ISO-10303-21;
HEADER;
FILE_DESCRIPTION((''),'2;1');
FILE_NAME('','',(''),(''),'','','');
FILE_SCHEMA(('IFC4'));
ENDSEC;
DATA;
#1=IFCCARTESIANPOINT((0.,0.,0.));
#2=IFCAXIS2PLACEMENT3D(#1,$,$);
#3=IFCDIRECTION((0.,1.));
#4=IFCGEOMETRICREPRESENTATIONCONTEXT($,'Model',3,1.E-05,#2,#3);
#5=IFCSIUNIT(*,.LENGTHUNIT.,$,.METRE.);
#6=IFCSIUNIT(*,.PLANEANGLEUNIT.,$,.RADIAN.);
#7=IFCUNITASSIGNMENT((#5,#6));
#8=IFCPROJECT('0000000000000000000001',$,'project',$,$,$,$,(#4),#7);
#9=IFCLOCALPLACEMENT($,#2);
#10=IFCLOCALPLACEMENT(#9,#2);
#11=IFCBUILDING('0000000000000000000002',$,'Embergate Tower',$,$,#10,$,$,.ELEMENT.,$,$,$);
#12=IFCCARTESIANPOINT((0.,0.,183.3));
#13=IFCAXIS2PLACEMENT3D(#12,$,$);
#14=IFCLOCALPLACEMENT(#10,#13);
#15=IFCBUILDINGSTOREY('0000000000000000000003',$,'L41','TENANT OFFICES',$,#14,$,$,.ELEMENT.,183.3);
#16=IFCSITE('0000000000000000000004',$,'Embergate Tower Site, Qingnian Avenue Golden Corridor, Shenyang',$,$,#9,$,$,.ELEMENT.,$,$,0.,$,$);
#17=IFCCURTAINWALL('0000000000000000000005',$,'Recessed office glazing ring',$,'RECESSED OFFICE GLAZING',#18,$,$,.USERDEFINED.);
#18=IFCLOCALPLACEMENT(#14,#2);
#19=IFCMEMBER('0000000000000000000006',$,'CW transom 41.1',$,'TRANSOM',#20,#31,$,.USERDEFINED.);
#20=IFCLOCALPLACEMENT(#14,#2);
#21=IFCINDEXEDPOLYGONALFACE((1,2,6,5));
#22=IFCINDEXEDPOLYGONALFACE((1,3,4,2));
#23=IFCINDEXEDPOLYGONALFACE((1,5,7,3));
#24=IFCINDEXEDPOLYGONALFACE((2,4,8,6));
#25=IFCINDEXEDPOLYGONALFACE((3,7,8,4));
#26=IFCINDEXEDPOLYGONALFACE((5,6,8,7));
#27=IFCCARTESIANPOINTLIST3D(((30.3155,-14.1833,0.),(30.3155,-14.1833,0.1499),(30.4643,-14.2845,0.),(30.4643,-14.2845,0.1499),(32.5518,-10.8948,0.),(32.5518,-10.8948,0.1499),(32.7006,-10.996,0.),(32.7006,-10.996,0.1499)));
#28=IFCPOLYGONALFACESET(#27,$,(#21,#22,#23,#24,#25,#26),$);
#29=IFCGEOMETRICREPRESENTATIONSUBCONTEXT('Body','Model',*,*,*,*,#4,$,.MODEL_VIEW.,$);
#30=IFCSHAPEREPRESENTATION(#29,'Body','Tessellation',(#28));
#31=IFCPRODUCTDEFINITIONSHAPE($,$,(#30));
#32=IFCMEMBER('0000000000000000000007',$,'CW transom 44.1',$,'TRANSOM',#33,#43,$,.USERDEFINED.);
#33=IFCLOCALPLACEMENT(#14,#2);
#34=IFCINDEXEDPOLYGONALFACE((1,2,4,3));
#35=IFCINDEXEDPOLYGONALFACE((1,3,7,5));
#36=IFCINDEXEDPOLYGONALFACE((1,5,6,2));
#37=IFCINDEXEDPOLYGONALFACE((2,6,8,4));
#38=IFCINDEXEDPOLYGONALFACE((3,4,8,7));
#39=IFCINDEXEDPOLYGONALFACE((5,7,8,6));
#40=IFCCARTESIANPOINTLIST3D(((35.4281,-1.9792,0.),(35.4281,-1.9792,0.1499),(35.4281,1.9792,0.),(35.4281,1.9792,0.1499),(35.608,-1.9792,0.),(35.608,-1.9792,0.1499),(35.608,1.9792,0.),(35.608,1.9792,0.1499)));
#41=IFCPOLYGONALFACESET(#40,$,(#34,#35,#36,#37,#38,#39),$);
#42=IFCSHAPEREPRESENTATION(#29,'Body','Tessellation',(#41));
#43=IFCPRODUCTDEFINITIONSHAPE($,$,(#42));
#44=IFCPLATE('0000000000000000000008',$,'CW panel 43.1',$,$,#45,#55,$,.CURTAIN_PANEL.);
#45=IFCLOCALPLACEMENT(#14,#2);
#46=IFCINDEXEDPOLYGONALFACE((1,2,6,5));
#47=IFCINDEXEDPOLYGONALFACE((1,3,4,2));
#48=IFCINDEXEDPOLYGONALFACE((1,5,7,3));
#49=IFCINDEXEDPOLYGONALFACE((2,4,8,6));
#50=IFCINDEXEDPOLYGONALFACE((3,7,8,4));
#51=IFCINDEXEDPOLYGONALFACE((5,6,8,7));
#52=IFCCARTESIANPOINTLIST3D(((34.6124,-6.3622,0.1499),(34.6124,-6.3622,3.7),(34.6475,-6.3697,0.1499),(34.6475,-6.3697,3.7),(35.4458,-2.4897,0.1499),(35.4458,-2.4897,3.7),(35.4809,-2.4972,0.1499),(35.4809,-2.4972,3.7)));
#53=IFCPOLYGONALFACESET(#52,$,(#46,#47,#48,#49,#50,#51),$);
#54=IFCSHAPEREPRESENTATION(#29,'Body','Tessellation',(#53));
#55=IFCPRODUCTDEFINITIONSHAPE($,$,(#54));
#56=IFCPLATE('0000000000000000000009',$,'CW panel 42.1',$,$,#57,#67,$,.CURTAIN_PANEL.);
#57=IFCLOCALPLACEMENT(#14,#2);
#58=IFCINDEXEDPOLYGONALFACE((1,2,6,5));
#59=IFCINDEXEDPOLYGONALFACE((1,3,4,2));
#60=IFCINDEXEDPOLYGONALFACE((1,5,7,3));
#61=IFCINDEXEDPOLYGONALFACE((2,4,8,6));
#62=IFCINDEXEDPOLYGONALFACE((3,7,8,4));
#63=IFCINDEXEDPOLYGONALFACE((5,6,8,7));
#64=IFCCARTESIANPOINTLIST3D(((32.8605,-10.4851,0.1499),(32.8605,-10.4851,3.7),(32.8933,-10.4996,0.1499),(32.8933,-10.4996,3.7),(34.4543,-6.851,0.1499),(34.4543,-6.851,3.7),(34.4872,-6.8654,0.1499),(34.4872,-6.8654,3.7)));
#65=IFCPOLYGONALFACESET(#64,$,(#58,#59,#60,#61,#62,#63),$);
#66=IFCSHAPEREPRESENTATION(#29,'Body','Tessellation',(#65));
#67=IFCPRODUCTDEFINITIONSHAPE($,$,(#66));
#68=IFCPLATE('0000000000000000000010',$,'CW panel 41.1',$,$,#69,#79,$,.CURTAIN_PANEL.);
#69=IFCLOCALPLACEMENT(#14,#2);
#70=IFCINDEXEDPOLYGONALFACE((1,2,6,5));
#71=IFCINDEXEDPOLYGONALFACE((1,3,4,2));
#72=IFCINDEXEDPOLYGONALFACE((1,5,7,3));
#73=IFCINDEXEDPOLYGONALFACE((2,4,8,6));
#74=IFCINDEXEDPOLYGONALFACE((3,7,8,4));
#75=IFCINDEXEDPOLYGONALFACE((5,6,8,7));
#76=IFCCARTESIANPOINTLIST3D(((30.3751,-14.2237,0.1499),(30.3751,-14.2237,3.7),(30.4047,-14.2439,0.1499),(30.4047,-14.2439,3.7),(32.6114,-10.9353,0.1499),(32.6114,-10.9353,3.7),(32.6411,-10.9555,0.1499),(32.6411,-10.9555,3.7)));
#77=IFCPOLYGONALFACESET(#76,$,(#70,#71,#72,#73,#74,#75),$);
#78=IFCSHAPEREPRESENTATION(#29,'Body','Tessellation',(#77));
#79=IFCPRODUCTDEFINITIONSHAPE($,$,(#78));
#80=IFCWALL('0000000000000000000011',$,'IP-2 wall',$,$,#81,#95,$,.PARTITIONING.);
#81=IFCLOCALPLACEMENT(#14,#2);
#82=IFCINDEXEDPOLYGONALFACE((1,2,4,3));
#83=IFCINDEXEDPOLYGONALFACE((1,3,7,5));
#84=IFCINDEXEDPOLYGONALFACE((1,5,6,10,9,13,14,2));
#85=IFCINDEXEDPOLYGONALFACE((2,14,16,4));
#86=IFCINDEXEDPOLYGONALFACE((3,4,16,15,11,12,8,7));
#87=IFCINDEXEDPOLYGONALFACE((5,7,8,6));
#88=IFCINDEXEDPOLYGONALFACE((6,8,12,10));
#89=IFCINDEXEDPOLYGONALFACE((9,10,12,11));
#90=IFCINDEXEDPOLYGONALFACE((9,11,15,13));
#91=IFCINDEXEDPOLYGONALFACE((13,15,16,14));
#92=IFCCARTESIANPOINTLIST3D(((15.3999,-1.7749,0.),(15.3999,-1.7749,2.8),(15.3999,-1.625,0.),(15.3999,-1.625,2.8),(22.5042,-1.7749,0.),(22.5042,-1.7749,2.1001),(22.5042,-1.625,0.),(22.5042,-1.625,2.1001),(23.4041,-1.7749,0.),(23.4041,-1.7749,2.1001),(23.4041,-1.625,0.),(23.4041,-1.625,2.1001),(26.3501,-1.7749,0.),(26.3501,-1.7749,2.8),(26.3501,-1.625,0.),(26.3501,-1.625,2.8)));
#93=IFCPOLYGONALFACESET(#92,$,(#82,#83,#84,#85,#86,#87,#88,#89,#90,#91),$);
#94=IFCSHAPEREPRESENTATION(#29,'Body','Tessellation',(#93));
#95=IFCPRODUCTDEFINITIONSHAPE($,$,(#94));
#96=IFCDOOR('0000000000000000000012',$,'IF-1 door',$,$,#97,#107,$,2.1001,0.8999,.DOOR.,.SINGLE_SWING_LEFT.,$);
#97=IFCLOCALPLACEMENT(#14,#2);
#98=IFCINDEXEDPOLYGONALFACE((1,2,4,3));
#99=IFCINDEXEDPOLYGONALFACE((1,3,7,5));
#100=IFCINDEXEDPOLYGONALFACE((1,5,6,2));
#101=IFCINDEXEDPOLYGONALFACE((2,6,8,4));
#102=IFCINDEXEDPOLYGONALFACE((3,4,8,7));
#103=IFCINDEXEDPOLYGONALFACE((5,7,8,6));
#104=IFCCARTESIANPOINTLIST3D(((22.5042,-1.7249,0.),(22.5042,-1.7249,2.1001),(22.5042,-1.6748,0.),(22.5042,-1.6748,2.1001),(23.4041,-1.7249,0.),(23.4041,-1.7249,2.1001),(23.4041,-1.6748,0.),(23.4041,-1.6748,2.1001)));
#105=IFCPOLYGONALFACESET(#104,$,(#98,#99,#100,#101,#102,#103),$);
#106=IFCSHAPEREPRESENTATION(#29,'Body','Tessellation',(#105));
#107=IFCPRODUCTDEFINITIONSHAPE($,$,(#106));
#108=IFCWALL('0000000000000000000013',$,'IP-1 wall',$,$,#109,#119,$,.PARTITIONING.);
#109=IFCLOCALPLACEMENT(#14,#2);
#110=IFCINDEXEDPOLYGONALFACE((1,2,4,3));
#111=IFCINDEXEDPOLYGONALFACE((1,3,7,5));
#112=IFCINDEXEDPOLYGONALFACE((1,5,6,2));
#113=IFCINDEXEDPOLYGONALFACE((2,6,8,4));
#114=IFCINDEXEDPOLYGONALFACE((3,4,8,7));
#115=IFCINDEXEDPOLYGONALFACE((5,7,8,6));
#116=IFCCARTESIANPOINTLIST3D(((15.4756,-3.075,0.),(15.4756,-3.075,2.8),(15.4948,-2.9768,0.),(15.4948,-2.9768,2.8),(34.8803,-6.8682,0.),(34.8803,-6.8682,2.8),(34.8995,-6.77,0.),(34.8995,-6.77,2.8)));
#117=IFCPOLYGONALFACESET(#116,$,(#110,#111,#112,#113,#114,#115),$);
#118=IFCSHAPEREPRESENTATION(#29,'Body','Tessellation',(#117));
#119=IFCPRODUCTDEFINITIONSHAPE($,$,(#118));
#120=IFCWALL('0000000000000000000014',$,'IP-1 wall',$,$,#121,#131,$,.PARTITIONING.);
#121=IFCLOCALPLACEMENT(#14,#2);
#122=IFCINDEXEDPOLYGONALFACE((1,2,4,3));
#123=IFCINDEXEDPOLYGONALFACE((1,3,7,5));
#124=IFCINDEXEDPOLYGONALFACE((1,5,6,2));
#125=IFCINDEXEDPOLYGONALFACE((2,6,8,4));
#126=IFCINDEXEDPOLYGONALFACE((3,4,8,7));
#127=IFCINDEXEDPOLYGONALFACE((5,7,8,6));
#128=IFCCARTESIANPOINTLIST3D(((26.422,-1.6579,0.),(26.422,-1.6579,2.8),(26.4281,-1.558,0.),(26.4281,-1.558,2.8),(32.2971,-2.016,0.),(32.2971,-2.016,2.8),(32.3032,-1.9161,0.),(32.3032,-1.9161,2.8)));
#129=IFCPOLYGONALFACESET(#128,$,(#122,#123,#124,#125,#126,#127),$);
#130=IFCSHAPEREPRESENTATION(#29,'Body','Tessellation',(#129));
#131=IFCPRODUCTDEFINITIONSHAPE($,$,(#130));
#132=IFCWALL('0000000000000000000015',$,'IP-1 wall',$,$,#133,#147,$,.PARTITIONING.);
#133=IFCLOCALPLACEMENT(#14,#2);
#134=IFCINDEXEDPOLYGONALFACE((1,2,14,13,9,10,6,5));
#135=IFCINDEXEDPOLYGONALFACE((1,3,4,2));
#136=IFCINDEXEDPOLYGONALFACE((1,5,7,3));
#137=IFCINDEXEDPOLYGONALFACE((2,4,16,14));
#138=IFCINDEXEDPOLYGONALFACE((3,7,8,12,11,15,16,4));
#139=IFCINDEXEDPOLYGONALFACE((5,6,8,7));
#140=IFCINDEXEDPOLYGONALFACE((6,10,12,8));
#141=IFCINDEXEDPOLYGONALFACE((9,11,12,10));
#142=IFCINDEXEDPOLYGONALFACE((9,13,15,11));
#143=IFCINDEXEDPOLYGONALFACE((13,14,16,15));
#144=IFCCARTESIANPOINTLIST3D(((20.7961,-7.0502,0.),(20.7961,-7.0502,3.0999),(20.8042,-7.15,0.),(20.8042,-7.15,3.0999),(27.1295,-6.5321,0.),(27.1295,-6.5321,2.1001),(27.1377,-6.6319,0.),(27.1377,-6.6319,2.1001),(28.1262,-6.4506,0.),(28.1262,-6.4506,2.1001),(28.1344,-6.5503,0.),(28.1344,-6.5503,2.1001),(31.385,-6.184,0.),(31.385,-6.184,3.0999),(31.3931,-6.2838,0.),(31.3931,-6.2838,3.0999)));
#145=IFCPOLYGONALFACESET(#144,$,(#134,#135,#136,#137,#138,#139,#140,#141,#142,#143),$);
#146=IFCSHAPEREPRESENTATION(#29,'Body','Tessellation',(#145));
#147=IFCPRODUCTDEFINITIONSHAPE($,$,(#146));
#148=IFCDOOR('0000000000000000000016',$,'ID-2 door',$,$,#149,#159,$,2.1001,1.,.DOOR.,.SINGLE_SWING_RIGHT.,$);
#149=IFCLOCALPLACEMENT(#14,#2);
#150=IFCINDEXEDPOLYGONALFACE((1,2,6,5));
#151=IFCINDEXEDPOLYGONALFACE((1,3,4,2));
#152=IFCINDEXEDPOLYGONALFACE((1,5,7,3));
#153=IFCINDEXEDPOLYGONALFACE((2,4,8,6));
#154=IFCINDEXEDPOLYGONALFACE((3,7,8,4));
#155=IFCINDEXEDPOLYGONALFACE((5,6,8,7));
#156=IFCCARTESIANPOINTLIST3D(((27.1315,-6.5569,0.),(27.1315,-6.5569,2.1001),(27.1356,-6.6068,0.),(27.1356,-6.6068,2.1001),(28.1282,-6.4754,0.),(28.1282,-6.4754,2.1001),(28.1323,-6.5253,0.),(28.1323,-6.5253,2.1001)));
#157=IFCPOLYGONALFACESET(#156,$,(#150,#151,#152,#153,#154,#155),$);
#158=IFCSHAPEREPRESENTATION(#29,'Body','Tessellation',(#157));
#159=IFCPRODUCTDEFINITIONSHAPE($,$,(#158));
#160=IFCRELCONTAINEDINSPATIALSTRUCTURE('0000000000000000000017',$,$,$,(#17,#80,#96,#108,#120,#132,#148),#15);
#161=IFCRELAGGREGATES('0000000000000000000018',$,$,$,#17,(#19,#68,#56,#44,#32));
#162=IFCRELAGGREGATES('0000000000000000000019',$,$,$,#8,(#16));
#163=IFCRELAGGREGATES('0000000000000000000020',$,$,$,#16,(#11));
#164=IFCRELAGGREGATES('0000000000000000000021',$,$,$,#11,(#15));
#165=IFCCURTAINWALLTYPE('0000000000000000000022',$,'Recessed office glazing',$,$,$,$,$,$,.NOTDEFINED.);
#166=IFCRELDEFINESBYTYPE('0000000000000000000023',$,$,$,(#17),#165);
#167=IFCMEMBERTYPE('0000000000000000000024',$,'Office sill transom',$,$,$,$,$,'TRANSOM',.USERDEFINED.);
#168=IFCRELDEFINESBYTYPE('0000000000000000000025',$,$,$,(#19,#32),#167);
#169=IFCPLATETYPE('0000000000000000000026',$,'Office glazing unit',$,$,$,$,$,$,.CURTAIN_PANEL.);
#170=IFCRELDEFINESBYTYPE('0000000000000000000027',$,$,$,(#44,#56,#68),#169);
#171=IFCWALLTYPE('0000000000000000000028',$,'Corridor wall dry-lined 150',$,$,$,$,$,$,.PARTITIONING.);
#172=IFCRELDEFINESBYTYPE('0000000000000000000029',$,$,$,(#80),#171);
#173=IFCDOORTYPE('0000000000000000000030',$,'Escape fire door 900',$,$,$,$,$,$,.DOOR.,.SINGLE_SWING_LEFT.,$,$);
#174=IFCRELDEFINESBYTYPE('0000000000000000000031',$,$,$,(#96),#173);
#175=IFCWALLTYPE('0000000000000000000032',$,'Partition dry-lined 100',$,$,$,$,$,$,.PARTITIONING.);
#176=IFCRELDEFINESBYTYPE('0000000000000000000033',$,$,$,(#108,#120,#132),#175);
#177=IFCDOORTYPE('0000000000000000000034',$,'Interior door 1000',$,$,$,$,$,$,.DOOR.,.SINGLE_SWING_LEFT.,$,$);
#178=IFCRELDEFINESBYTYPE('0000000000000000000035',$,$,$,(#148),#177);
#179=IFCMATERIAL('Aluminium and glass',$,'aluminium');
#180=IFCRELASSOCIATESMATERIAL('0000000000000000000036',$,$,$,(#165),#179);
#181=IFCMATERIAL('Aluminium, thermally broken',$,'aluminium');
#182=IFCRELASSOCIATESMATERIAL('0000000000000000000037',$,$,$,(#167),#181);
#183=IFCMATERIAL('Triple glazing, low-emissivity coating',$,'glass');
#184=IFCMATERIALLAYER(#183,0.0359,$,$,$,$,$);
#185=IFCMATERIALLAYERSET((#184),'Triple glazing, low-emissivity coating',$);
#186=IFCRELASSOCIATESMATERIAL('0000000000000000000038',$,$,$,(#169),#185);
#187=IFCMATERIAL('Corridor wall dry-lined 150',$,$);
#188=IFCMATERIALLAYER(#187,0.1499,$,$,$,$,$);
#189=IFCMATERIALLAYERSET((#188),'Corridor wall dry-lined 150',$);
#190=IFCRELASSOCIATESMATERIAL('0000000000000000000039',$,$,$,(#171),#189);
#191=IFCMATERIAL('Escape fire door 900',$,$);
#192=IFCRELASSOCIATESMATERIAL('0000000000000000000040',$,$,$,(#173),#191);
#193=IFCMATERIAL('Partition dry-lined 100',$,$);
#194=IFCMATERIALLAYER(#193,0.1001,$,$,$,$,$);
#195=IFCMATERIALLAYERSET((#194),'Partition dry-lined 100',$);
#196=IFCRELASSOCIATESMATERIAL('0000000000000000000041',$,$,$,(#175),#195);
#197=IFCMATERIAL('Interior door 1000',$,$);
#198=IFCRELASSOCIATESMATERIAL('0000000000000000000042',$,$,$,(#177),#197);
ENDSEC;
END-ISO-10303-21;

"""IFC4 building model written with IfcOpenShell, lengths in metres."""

from ifc_helpers import new_model, si_unit, direction, frame, frame_2d, origin, origin_2d, place, context, subcontext, project, spatial, rectangle, extrude, source, transform, mapped, material, layer, layer_set, material_profile, profile_set, type_object, element, fill, aggregate, save


model = new_model("IFC4")

# Units and contexts
model_context = context("Model", 3, precision=1e-05, world=origin(), true_north=direction((0.0, 1.0)))
body_context = subcontext(model_context, "Body", "Model", "MODEL_VIEW")
ifc_project = project(units=[si_unit("LENGTHUNIT", "METRE"), si_unit("PLANEANGLEUNIT", "RADIAN")], contexts=[model_context])

# Site, building, storey
site_placement = place(None, origin())
site = spatial("IfcSite", under=ifc_project, at=site_placement, Name="Embergate Tower Site, Qingnian Avenue Golden Corridor, Shenyang", CompositionType="ELEMENT", RefElevation=0.0)
building_placement = place(site_placement, origin())
building = spatial("IfcBuilding", under=site, at=building_placement, Name="Embergate Tower", CompositionType="ELEMENT")
storey_placement = place(building_placement, frame((0.0, 0.0, 183.3)))
storey = spatial("IfcBuildingStorey", under=building, at=storey_placement, Name="L41", Description="TENANT OFFICES", CompositionType="ELEMENT", Elevation=183.3)

# Curtain wall, members, plates
ifc_material_1 = material(Name="Aluminium and glass", Category="aluminium")
curtain_wall_type = type_object("IfcCurtainWallType", Name="Recessed office glazing", PredefinedType="NOTDEFINED", material=ifc_material_1)
curtain_wall_placement = place(storey_placement, origin())
curtain_wall = element("IfcCurtainWall", 1, at=curtain_wall_placement, inside=storey, type_object=curtain_wall_type, Name="Recessed office glazing ring", ObjectType="RECESSED OFFICE GLAZING", PredefinedType="USERDEFINED")
ifc_material_2 = material(Name="Aluminium, thermally broken", Category="aluminium")
ifc_material_profile_1 = material_profile(ifc_material_2, rectangle(XDim=0.1799, YDim=0.1499, at=origin_2d()), Name="AL 150x180")
ifc_profile_set_1 = profile_set([ifc_material_profile_1], Name="Aluminium, thermally broken")
member_type_1 = type_object("IfcMemberType", Name="Office sill transom", ElementType="TRANSOM", PredefinedType="USERDEFINED", material=ifc_profile_set_1)
shared_shape_1 = source(origin(), body_context, "Body", "SweptSolid", [
    extrude(rectangle(XDim=0.1799, YDim=0.1499, at=origin_2d()), origin(), (0.0, 0.0, 1.0), 3.9768),
])
member_1_placement = place(storey_placement, frame((30.3899, -14.2339, 0.075), z_axis=(0.562327, 0.826915, 0.0), x_axis=(-0.826915, 0.562327, 0.0)))
member_1 = element("IfcMember", 2, at=member_1_placement, type_object=member_type_1, Name="CW transom 41.1", ObjectType="TRANSOM", PredefinedType="USERDEFINED", context=body_context, shape_type="MappedRepresentation", body=[
    mapped(shared_shape_1, transform((0.0, 0.0, 0.0))),
])
shared_shape_2 = source(origin(), body_context, "Body", "SweptSolid", [
    extrude(rectangle(XDim=0.1799, YDim=0.1499, at=origin_2d()), origin(), (0.0, 0.0, 1.0), 3.9585),
])
member_2_placement = place(storey_placement, frame((35.5181, -1.9792, 0.075), z_axis=(0.0, 1.0, 0.0), x_axis=(-1.0, 0.0, 0.0)))
member_2 = element("IfcMember", 3, at=member_2_placement, type_object=member_type_1, Name="CW transom 44.1", ObjectType="TRANSOM", PredefinedType="USERDEFINED", context=body_context, shape_type="MappedRepresentation", body=[
    mapped(shared_shape_2, transform((0.0, 0.0, 0.0))),
])
ifc_material_3 = material(Name="Triple glazing, low-emissivity coating", Category="glass")
ifc_layer_1 = layer(ifc_material_3, 0.0359)
ifc_layer_set_1 = layer_set([ifc_layer_1], Name="Triple glazing, low-emissivity coating")
plate_type = type_object("IfcPlateType", Name="Office glazing unit", PredefinedType="CURTAIN_PANEL", material=ifc_layer_set_1)
shared_shape_3 = source(origin(), body_context, "Body", "SweptSolid", [
    extrude(rectangle(XDim=3.9612, YDim=0.0359, at=origin_2d()), origin(), (0.0, 0.0, 1.0), 3.55),
])
plate_1_placement = place(storey_placement, frame((35.0466, -4.4297, 0.1499), z_axis=(0.0, 0.0, 1.0), x_axis=(0.210397, 0.977616, 0.0)))
plate_1 = element("IfcPlate", 4, at=plate_1_placement, type_object=plate_type, Name="CW panel 43.1", PredefinedType="CURTAIN_PANEL", context=body_context, shape_type="MappedRepresentation", body=[
    mapped(shared_shape_3, transform((0.0, 0.0, 0.0))),
])
shared_shape_4 = source(origin(), body_context, "Body", "SweptSolid", [
    extrude(rectangle(XDim=3.9683, YDim=0.0359, at=origin_2d()), origin(), (0.0, 0.0, 1.0), 3.55),
])
plate_2_placement = place(storey_placement, frame((33.6738, -8.6753, 0.1499), z_axis=(0.0, 0.0, 1.0), x_axis=(0.401651, 0.915793, 0.0)))
plate_2 = element("IfcPlate", 5, at=plate_2_placement, type_object=plate_type, Name="CW panel 42.1", PredefinedType="CURTAIN_PANEL", context=body_context, shape_type="MappedRepresentation", body=[
    mapped(shared_shape_4, transform((0.0, 0.0, 0.0))),
])
shared_shape_5 = source(origin(), body_context, "Body", "SweptSolid", [
    extrude(rectangle(XDim=3.9768, YDim=0.0359, at=origin_2d()), origin(), (0.0, 0.0, 1.0), 3.55),
])
plate_3_placement = place(storey_placement, frame((31.5081, -12.5896, 0.1499), z_axis=(0.0, 0.0, 1.0), x_axis=(0.56234, 0.826906, 0.0)))
plate_3 = element("IfcPlate", 6, at=plate_3_placement, type_object=plate_type, Name="CW panel 41.1", PredefinedType="CURTAIN_PANEL", context=body_context, shape_type="MappedRepresentation", body=[
    mapped(shared_shape_5, transform((0.0, 0.0, 0.0))),
])
aggregate(curtain_wall, [member_1, plate_3, plate_2, plate_1, member_2])

# Wall, opening, door
ifc_material_4 = material(Name="Corridor wall dry-lined 150")
ifc_layer_2 = layer(ifc_material_4, 0.1499)
ifc_layer_set_2 = layer_set([ifc_layer_2], Name="Corridor wall dry-lined 150")
wall_type_1 = type_object("IfcWallType", Name="Corridor wall dry-lined 150", PredefinedType="PARTITIONING", material=ifc_layer_set_2)
shared_shape_6 = source(origin(), body_context, "Body", "SweptSolid", [
    extrude(rectangle(XDim=10.9502, YDim=0.1499, at=frame_2d((5.4751, 0.0))), origin(), (0.0, 0.0, 1.0), 2.8),
])
wall_1_placement = place(storey_placement, frame((26.3501, -1.7, 0.0), z_axis=(0.0, 0.0, 1.0), x_axis=(-1.0, 0.0, 0.0)))
wall_1 = element("IfcWall", 7, at=wall_1_placement, inside=storey, type_object=wall_type_1, Name="IP-2 wall", PredefinedType="PARTITIONING", context=body_context, shape_type="MappedRepresentation", body=[
    mapped(shared_shape_6, transform((0.0, 0.0, 0.0))),
])
shared_shape_7 = source(origin(), body_context, "Body", "SweptSolid", [
    extrude(rectangle(XDim=0.8999, YDim=2.1001, at=frame_2d((0.45, 1.05))), frame((0.0, 0.085, 0.0), z_axis=(0.0, -1.0, 0.0), x_axis=(1.0, 0.0, 0.0)), (0.0, 0.0, 1.0), 0.1699),
])
opening_1_placement = place(wall_1_placement, frame((2.946, 0.0, 0.0)))
opening_1 = element("IfcOpeningElement", 8, at=opening_1_placement, cuts=wall_1, PredefinedType="OPENING", context=body_context, shape_type="MappedRepresentation", body=[
    mapped(shared_shape_7, transform((0.0, 0.0, 0.0))),
])
ifc_material_5 = material(Name="Escape fire door 900")
door_type_1 = type_object("IfcDoorType", Name="Escape fire door 900", OperationType="SINGLE_SWING_LEFT", PredefinedType="DOOR", material=ifc_material_5)
shared_shape_8 = source(origin(), body_context, "Body", "SweptSolid", [
    extrude(rectangle(XDim=0.8999, YDim=2.1001, at=frame_2d((0.45, 1.05))), frame((0.0, 0.0249, 0.0), z_axis=(0.0, -1.0, 0.0), x_axis=(1.0, 0.0, 0.0)), (0.0, 0.0, 1.0), 0.05),
])
door_1_placement = place(opening_1_placement, origin())
door_1 = element("IfcDoor", 9, at=door_1_placement, inside=storey, type_object=door_type_1, Name="IF-1 door", OperationType="SINGLE_SWING_LEFT", OverallHeight=2.1001, OverallWidth=0.8999, PredefinedType="DOOR", context=body_context, shape_type="MappedRepresentation", body=[
    mapped(shared_shape_8, transform((0.0, 0.0, 0.0))),
])
fill(opening_1, door_1)

# Walls
ifc_material_6 = material(Name="Partition dry-lined 100")
ifc_layer_3 = layer(ifc_material_6, 0.1001)
ifc_layer_set_3 = layer_set([ifc_layer_3], Name="Partition dry-lined 100")
wall_type_2 = type_object("IfcWallType", Name="Partition dry-lined 100", PredefinedType="PARTITIONING", material=ifc_layer_set_3)
shared_shape_9 = source(origin(), body_context, "Body", "SweptSolid", [
    extrude(rectangle(XDim=19.772, YDim=0.1001, at=frame_2d((9.886, 0.0))), origin(), (0.0, 0.0, 1.0), 2.8),
])
wall_2_placement = place(storey_placement, frame((34.8899, -6.8191, 0.0), z_axis=(0.0, 0.0, 1.0), x_axis=(-0.981425, 0.191847, 0.0)))
element("IfcWall", 10, at=wall_2_placement, inside=storey, type_object=wall_type_2, Name="IP-1 wall", PredefinedType="PARTITIONING", context=body_context, shape_type="MappedRepresentation", body=[
    mapped(shared_shape_9, transform((0.0, 0.0, 0.0))),
])
shared_shape_10 = source(origin(), body_context, "Body", "SweptSolid", [
    extrude(rectangle(XDim=5.886, YDim=0.1001, at=frame_2d((2.9429, 0.0))), origin(), (0.0, 0.0, 1.0), 2.8),
])
wall_3_placement = place(storey_placement, frame((32.3, -1.9661, 0.0), z_axis=(0.0, 0.0, 1.0), x_axis=(-0.998147, 0.060849, 0.0)))
element("IfcWall", 11, at=wall_3_placement, inside=storey, type_object=wall_type_2, Name="IP-1 wall", PredefinedType="PARTITIONING", context=body_context, shape_type="MappedRepresentation", body=[
    mapped(shared_shape_10, transform((0.0, 0.0, 0.0))),
])

# Wall, opening, door
shared_shape_11 = source(origin(), body_context, "Body", "SweptSolid", [
    extrude(rectangle(XDim=10.6243, YDim=0.1001, at=frame_2d((5.312, 0.0))), origin(), (0.0, 0.0, 1.0), 3.0999),
])
wall_4_placement = place(storey_placement, frame((31.3889, -6.2339, 0.0), z_axis=(0.0, 0.0, 1.0), x_axis=(-0.996671, -0.081532, 0.0)))
wall_4 = element("IfcWall", 12, at=wall_4_placement, inside=storey, type_object=wall_type_2, Name="IP-1 wall", PredefinedType="PARTITIONING", context=body_context, shape_type="MappedRepresentation", body=[
    mapped(shared_shape_11, transform((0.0, 0.0, 0.0))),
])
shared_shape_12 = source(origin(), body_context, "Body", "SweptSolid", [
    extrude(rectangle(XDim=1.0, YDim=2.1001, at=frame_2d((0.5, 1.05))), frame((0.0, 0.0601, 0.0), z_axis=(0.0, -1.0, 0.0), x_axis=(1.0, 0.0, 0.0)), (0.0, 0.0, 1.0), 0.1201),
])
opening_2_placement = place(wall_4_placement, frame((3.2695, 0.0, 0.0)))
opening_2 = element("IfcOpeningElement", 13, at=opening_2_placement, cuts=wall_4, PredefinedType="OPENING", context=body_context, shape_type="MappedRepresentation", body=[
    mapped(shared_shape_12, transform((0.0, 0.0, 0.0))),
])
ifc_material_7 = material(Name="Interior door 1000")
door_type_2 = type_object("IfcDoorType", Name="Interior door 1000", OperationType="SINGLE_SWING_LEFT", PredefinedType="DOOR", material=ifc_material_7)
shared_shape_13 = source(origin(), body_context, "Body", "SweptSolid", [
    extrude(rectangle(XDim=1.0, YDim=2.1001, at=frame_2d((0.5, 1.05))), frame((0.0, 0.0249, 0.0), z_axis=(0.0, -1.0, 0.0), x_axis=(1.0, 0.0, 0.0)), (0.0, 0.0, 1.0), 0.05),
])
door_2_placement = place(opening_2_placement, origin())
door_2 = element("IfcDoor", 14, at=door_2_placement, inside=storey, type_object=door_type_2, Name="ID-2 door", OperationType="SINGLE_SWING_RIGHT", OverallHeight=2.1001, OverallWidth=1.0, PredefinedType="DOOR", context=body_context, shape_type="MappedRepresentation", body=[
    mapped(shared_shape_13, transform((0.0, 0.0, 0.0))),
])
fill(opening_2, door_2)

save(model, "model.ifc")
